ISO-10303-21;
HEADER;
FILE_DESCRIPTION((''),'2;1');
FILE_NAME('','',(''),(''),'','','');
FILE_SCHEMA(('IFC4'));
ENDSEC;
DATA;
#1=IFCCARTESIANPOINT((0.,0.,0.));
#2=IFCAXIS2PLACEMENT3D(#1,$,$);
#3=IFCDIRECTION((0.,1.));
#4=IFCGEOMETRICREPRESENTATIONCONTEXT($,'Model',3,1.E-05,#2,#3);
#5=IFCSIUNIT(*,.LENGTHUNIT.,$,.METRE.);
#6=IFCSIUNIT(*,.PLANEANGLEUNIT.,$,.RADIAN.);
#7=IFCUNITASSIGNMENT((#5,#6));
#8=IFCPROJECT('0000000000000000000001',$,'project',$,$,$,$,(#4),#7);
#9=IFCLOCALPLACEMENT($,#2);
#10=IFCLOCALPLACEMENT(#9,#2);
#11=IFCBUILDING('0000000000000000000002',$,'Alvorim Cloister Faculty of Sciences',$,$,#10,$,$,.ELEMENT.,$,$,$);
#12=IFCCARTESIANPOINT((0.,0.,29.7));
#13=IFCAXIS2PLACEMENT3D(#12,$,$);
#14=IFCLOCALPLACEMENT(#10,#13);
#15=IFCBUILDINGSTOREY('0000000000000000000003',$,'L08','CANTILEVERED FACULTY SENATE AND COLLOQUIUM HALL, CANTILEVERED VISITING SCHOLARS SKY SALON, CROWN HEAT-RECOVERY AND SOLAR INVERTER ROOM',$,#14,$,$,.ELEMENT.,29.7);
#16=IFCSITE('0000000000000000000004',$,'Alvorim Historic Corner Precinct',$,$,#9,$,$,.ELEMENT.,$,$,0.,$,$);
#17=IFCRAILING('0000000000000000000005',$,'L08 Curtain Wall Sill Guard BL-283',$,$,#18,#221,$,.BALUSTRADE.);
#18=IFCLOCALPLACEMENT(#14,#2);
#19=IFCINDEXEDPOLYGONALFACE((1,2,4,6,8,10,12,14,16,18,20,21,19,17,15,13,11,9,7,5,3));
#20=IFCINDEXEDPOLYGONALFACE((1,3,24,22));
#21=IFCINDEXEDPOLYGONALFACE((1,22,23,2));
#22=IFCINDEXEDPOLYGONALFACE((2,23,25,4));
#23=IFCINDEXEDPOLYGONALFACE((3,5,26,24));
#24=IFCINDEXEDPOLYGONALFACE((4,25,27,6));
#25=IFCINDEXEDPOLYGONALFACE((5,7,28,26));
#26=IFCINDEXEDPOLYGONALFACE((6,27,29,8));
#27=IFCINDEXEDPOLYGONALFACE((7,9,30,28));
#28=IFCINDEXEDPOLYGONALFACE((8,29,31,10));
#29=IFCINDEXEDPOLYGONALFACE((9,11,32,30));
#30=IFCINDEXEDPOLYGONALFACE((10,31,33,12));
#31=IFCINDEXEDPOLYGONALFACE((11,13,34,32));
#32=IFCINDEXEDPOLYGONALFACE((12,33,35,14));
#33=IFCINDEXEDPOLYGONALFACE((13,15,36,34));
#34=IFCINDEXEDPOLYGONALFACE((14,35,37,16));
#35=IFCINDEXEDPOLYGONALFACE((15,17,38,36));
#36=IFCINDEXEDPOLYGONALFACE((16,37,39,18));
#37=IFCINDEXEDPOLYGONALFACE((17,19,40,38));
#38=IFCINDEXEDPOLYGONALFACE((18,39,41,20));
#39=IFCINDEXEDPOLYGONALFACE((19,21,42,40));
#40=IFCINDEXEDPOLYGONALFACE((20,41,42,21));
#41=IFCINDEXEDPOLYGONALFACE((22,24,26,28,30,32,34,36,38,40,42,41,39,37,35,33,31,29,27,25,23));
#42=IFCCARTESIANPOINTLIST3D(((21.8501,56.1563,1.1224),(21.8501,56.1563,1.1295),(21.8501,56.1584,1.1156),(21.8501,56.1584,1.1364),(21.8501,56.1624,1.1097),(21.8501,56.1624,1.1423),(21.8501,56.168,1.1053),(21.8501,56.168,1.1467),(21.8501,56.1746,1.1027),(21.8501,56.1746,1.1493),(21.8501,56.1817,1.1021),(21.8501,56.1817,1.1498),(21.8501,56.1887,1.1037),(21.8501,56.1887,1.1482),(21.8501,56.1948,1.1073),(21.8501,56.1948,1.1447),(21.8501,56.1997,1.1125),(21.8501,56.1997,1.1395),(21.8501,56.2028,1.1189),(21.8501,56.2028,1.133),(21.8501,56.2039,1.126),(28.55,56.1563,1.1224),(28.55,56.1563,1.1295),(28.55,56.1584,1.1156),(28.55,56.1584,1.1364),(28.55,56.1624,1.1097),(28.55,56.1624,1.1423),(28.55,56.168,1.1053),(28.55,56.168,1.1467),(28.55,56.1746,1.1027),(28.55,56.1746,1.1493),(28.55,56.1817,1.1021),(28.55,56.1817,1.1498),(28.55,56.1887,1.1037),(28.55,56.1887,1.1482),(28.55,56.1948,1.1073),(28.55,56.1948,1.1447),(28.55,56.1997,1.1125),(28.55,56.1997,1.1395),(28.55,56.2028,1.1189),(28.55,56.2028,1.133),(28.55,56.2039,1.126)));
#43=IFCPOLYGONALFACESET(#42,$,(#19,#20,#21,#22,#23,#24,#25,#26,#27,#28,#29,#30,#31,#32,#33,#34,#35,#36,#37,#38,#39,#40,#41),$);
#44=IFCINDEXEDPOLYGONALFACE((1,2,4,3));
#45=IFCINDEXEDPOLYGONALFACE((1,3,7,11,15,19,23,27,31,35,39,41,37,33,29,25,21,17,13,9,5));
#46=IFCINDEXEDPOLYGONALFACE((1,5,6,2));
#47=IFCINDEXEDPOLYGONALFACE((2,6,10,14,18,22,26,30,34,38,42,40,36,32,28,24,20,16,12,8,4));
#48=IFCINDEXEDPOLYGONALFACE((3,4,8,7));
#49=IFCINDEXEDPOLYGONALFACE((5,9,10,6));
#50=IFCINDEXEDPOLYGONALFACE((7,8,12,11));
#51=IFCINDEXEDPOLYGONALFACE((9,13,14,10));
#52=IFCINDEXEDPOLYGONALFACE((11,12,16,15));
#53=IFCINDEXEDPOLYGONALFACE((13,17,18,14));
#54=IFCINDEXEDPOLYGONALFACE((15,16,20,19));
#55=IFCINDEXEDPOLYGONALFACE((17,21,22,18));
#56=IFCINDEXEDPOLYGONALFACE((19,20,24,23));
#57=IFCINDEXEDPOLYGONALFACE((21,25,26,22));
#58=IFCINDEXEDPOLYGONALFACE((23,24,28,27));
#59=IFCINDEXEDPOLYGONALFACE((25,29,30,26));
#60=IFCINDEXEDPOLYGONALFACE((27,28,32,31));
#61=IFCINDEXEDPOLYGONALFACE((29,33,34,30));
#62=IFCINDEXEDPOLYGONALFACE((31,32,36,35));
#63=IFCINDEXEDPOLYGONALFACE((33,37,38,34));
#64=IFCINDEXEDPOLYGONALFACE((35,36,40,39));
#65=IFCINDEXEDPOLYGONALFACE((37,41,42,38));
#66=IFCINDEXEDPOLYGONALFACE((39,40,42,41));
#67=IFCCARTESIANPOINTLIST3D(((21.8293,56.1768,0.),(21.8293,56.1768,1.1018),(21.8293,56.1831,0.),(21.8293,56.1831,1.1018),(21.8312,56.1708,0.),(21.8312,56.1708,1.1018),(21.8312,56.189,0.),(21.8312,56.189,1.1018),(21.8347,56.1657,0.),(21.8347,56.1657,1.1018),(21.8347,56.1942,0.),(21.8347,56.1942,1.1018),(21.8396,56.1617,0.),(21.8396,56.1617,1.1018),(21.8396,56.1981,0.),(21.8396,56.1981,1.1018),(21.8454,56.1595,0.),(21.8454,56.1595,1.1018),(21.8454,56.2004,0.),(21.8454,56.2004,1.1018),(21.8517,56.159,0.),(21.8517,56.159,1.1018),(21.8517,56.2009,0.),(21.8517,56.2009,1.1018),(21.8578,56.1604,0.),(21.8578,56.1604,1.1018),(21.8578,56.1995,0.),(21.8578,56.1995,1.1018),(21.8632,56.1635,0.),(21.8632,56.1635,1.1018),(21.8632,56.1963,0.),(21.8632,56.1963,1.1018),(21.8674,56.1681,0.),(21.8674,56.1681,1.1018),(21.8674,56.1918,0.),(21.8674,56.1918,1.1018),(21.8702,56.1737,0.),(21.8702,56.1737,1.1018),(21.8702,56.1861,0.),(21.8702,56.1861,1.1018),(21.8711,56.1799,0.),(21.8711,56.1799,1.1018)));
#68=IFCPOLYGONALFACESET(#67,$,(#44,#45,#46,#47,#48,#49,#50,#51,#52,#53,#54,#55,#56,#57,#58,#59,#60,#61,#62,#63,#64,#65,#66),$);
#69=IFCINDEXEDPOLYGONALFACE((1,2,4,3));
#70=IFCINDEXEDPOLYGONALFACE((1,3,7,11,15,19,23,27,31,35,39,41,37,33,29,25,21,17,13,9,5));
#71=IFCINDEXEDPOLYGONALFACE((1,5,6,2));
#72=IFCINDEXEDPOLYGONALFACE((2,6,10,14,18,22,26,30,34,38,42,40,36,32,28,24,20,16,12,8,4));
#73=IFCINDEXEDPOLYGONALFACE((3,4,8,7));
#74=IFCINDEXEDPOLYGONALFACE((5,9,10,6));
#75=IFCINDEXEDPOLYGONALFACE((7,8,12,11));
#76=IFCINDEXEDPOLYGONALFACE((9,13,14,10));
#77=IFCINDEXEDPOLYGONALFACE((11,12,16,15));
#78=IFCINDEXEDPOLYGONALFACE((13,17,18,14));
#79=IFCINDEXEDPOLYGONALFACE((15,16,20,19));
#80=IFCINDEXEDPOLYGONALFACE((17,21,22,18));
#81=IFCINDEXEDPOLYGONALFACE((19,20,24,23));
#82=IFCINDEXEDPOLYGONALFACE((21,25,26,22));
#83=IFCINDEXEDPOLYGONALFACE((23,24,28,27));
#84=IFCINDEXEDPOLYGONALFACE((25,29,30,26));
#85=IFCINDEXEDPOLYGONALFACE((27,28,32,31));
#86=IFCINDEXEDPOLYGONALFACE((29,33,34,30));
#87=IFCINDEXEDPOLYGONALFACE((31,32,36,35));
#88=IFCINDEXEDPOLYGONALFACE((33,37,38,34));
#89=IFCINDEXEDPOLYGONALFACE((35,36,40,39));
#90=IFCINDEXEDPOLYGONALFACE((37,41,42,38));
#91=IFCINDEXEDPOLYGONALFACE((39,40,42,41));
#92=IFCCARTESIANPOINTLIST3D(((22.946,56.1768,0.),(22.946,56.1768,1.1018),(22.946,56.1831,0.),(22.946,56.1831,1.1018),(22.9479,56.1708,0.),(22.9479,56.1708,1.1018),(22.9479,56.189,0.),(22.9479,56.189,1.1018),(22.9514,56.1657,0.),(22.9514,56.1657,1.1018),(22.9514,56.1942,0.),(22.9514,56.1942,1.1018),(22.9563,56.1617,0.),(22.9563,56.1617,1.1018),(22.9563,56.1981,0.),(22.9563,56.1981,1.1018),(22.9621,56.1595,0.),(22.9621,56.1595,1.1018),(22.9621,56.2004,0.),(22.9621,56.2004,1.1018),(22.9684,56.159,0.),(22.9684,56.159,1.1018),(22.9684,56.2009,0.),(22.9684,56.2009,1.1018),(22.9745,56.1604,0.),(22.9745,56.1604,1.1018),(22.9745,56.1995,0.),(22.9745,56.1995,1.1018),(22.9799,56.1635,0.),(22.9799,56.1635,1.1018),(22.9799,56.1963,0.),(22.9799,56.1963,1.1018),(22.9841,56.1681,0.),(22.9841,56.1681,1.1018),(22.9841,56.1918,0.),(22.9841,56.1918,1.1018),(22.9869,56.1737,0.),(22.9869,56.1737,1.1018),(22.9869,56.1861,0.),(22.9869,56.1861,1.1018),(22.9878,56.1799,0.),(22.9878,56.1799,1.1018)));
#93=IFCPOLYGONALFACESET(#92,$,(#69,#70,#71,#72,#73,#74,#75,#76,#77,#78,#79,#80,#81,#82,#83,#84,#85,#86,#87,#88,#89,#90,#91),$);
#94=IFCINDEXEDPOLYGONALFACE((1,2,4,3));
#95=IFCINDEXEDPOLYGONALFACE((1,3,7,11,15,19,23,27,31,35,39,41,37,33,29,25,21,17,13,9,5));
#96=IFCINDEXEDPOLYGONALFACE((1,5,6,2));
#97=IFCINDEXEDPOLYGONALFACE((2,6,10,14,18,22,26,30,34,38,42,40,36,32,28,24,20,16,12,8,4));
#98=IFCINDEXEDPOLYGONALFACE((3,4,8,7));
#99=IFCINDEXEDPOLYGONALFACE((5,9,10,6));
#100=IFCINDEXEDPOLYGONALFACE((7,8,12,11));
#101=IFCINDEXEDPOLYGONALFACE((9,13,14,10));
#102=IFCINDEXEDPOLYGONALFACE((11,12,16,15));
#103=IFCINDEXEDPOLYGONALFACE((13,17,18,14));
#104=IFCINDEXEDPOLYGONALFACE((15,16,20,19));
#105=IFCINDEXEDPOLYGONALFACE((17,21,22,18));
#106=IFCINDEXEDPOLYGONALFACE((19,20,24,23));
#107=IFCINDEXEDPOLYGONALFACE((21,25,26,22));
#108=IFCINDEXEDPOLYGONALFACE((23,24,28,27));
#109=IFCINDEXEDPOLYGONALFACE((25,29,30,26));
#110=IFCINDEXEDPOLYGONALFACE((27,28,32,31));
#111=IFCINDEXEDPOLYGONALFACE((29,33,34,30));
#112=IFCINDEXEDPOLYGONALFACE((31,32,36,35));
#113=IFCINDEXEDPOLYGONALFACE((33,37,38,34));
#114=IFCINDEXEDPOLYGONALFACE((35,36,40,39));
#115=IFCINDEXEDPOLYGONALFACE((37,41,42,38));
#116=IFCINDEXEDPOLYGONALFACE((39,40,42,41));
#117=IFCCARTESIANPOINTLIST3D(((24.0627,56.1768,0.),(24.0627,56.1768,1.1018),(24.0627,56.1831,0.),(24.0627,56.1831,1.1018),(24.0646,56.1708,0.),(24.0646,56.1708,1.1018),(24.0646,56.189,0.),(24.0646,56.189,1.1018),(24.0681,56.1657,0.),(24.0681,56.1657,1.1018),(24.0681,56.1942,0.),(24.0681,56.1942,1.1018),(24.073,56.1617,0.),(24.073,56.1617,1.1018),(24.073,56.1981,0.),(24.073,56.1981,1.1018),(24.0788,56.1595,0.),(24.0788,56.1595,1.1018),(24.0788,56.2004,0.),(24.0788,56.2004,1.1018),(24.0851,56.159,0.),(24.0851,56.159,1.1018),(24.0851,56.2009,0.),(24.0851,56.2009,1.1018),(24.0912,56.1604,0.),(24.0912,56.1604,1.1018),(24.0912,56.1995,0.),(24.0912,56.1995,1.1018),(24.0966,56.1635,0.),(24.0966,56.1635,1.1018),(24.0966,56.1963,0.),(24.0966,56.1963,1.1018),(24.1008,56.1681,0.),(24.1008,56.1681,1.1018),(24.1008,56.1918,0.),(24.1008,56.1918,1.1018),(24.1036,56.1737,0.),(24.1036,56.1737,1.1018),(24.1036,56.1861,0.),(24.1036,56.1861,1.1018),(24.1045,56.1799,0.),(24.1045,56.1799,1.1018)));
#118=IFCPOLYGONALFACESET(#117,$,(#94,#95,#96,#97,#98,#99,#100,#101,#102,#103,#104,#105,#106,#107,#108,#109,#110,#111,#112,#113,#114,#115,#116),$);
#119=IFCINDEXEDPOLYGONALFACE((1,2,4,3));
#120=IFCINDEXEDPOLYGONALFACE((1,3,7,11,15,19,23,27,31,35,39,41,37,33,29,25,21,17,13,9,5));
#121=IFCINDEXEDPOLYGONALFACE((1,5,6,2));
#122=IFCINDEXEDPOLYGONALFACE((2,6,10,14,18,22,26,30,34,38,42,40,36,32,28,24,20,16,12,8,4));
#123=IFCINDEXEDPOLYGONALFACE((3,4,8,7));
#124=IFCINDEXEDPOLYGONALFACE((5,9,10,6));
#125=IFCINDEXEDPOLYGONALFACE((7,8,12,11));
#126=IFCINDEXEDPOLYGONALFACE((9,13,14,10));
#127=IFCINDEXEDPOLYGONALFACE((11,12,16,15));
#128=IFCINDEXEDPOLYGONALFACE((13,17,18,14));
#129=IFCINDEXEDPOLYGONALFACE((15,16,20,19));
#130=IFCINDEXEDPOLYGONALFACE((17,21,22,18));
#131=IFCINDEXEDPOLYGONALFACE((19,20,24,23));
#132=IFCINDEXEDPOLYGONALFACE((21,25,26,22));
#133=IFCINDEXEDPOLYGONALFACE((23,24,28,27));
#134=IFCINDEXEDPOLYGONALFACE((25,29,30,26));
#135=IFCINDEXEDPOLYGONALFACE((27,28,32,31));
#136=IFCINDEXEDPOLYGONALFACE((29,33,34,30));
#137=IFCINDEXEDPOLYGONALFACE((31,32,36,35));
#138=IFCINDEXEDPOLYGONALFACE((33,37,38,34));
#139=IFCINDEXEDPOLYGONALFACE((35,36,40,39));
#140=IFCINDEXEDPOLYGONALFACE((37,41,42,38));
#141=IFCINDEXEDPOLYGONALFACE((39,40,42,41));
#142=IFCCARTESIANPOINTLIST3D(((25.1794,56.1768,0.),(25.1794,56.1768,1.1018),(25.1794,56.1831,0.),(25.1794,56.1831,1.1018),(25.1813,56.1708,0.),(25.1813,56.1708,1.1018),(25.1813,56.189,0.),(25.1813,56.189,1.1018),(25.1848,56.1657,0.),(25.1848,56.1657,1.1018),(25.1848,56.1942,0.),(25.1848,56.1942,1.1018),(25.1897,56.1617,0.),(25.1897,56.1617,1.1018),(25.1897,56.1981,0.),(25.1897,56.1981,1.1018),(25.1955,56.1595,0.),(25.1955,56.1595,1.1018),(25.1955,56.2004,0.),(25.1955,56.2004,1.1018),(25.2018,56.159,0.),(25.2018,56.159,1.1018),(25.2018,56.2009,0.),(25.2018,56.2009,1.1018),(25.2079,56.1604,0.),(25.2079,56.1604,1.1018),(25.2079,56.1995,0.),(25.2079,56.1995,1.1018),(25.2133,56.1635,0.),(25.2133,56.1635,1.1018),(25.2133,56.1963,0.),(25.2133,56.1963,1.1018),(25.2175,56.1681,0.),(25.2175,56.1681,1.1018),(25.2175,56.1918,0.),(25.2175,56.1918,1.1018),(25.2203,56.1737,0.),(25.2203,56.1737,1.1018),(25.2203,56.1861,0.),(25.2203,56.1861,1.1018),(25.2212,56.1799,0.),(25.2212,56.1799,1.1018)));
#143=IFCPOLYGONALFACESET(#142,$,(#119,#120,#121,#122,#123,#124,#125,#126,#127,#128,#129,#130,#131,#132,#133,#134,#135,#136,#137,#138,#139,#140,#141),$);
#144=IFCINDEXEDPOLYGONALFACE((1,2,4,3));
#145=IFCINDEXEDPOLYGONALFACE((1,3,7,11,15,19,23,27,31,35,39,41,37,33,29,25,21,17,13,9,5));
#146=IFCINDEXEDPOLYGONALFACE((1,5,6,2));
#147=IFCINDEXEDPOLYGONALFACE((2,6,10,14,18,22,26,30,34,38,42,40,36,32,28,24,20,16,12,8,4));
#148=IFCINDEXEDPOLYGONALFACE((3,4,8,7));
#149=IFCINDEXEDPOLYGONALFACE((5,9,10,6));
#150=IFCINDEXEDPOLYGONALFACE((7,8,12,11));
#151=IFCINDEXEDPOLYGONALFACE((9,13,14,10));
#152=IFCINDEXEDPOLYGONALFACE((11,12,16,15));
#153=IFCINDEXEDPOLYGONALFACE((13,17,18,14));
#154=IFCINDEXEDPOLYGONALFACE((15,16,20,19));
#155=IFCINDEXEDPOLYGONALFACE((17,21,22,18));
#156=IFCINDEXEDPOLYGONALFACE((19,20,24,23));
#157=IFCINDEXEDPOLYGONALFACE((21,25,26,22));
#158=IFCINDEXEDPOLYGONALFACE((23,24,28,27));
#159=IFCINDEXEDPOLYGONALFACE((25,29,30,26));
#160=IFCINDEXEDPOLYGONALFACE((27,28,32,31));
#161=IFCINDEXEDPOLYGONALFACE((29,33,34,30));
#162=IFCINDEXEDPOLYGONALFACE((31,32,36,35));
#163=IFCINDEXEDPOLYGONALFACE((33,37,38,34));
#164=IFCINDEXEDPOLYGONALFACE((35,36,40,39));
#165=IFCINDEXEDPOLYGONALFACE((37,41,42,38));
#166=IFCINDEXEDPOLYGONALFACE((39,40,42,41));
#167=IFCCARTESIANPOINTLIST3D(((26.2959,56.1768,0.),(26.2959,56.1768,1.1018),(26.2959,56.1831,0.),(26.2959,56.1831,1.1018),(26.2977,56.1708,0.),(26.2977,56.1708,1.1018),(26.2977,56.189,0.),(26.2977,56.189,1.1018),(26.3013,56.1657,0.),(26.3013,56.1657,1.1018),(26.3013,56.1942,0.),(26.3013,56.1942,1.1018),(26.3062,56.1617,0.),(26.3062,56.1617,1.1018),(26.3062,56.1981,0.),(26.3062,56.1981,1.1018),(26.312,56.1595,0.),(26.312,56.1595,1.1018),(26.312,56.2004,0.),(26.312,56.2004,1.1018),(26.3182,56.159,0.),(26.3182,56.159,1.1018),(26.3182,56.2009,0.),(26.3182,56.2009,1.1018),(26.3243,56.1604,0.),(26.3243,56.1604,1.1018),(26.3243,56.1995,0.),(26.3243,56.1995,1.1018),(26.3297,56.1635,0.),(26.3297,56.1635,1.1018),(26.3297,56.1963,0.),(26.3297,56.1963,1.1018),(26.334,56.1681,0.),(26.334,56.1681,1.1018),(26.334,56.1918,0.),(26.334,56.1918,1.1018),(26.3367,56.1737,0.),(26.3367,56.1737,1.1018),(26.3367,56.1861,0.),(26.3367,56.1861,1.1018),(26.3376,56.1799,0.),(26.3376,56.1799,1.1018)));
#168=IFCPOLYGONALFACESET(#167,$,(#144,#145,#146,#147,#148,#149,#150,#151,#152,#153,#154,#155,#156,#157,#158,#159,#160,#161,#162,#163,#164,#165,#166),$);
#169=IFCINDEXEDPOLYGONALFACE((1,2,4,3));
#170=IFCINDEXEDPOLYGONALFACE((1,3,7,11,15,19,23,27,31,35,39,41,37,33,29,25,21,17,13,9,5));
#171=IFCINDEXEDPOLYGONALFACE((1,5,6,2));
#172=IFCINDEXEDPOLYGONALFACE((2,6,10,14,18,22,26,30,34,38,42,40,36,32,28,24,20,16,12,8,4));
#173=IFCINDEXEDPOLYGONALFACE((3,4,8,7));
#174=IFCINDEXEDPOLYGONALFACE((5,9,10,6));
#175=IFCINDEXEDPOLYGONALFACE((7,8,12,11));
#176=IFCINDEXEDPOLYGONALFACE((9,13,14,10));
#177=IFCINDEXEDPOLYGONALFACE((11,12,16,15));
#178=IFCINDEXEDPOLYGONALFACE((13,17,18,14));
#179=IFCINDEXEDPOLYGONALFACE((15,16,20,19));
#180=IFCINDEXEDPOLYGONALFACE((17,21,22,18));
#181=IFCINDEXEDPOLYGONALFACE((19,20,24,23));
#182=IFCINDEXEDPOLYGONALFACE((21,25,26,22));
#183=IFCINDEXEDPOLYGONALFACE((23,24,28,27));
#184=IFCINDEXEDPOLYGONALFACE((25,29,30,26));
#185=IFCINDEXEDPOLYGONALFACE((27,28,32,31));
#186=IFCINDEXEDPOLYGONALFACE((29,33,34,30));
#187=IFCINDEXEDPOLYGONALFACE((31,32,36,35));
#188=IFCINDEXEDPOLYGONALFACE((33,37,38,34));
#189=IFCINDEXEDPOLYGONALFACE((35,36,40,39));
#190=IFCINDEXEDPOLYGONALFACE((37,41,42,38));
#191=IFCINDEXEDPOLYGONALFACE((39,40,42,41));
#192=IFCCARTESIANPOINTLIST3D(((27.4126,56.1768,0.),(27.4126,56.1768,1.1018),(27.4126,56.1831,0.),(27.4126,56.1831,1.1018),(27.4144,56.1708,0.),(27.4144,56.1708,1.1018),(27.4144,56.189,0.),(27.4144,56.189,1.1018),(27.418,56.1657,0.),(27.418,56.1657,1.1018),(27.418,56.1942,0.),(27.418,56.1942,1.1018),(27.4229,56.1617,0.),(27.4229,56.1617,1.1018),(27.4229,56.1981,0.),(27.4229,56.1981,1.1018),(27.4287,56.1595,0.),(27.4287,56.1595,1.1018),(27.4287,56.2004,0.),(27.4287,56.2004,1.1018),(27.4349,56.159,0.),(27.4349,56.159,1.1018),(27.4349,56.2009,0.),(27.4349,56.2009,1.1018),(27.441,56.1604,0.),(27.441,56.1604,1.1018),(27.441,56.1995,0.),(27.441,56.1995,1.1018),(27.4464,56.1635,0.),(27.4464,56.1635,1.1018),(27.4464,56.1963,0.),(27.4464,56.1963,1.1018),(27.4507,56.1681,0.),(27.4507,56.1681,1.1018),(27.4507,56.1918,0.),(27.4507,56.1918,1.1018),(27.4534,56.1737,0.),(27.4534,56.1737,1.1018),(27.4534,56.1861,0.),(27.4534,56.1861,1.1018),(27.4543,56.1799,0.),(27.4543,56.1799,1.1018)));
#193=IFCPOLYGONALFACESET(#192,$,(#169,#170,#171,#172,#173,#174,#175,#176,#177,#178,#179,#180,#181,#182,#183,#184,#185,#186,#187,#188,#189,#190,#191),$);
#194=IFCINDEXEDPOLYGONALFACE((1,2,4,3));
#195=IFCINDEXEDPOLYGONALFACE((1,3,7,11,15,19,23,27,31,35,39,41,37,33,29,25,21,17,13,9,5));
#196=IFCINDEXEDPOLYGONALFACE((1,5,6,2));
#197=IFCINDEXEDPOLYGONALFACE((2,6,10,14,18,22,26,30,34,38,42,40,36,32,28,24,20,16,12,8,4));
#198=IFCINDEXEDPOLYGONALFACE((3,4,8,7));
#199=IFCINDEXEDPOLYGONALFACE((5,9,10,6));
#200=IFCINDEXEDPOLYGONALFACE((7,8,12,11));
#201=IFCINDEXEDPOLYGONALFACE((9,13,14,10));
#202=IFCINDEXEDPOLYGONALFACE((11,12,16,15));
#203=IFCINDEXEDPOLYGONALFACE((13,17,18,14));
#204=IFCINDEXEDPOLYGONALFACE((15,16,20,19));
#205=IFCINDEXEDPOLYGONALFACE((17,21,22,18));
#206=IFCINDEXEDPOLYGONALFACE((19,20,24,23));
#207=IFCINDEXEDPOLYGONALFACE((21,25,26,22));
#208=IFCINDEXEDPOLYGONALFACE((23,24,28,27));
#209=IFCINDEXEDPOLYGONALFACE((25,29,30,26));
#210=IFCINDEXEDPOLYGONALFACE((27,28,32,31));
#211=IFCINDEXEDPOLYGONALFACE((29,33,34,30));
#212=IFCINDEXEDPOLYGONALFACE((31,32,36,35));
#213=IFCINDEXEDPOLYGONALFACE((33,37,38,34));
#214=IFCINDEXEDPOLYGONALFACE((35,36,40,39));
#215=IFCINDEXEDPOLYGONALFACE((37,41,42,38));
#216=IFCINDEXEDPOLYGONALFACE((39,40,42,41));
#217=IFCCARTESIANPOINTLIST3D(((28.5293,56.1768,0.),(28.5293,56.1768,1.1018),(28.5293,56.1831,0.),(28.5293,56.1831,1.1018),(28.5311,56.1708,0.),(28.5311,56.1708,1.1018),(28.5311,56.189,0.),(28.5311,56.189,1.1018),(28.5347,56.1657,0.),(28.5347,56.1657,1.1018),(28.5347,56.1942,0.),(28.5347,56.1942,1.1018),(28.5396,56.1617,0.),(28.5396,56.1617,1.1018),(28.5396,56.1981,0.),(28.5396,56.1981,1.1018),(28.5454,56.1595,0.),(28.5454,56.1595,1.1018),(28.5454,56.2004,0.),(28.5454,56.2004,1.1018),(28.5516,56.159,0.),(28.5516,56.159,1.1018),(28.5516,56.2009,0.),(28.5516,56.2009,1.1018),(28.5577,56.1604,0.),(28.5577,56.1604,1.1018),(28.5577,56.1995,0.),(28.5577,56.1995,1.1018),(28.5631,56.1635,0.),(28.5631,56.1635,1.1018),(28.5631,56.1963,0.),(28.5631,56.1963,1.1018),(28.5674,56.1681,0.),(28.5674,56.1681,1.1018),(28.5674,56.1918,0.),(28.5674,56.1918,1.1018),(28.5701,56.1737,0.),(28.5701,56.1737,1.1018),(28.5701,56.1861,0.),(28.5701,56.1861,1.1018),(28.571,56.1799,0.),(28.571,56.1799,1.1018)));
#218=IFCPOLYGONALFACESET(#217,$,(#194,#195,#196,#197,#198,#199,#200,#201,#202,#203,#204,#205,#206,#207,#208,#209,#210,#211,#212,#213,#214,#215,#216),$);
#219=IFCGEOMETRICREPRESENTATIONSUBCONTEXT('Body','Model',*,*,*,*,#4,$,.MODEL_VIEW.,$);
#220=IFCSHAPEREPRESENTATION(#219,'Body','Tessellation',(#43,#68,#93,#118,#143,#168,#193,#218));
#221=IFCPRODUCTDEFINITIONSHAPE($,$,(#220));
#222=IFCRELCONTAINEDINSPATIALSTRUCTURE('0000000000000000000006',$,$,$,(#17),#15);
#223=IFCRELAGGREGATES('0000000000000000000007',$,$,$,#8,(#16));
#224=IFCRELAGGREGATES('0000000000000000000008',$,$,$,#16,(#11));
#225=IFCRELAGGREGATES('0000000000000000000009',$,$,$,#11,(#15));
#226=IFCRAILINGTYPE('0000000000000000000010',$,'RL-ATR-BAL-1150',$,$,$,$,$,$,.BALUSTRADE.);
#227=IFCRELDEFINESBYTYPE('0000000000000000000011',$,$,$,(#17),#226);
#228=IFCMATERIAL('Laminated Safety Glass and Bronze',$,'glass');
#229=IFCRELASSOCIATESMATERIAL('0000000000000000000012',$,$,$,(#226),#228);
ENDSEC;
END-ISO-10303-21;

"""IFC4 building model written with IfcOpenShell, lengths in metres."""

from ifc_helpers import new_model, si_unit, direction, frame, origin, origin_2d, place, context, subcontext, project, spatial, circle, extrude, material, type_object, element, save


model = new_model("IFC4")

# Units and contexts
model_context = context("Model", 3, precision=1e-05, world=origin(), true_north=direction((0.0, 1.0)))
body_context = subcontext(model_context, "Body", "Model", "MODEL_VIEW")
ifc_project = project(units=[si_unit("LENGTHUNIT", "METRE"), si_unit("PLANEANGLEUNIT", "RADIAN")], contexts=[model_context])

# Site, building, storey
site_placement = place(None, origin())
site = spatial("IfcSite", under=ifc_project, at=site_placement, Name="Alvorim Historic Corner Precinct", CompositionType="ELEMENT", RefElevation=0.0)
building_placement = place(site_placement, origin())
building = spatial("IfcBuilding", under=site, at=building_placement, Name="Alvorim Cloister Faculty of Sciences", CompositionType="ELEMENT")
storey_placement = place(building_placement, frame((0.0, 0.0, 29.7)))
storey = spatial("IfcBuildingStorey", under=building, at=storey_placement, Name="L08", Description="CANTILEVERED FACULTY SENATE AND COLLOQUIUM HALL, CANTILEVERED VISITING SCHOLARS SKY SALON, CROWN HEAT-RECOVERY AND SOLAR INVERTER ROOM", CompositionType="ELEMENT", Elevation=29.7)

# Railing
ifc_material_1 = material(Name="Laminated Safety Glass and Bronze", Category="glass")
railing_type = type_object("IfcRailingType", Name="RL-ATR-BAL-1150", PredefinedType="BALUSTRADE", material=ifc_material_1)
railing_placement = place(storey_placement, frame((21.8501, 56.1799, 0.0)))
element("IfcRailing", 1, at=railing_placement, inside=storey, type_object=railing_type, Name="L08 Curtain Wall Sill Guard BL-283", PredefinedType="BALUSTRADE", context=body_context, shape_type="SweptSolid", body=[
    extrude(circle(Radius=0.0239, at=origin_2d()), frame((0.0, 0.0, 1.126), z_axis=(1.0, 0.0, 0.0), x_axis=(0.0, 1.0, 0.0)), (0.0, 0.0, 1.0), 6.7),
    extrude(circle(Radius=0.021, at=origin_2d()), origin(), (0.0, 0.0, 1.0), 1.1018),
    extrude(circle(Radius=0.021, at=origin_2d()), frame((1.1167, 0.0, 0.0)), (0.0, 0.0, 1.0), 1.1018),
    extrude(circle(Radius=0.021, at=origin_2d()), frame((2.2334, 0.0, 0.0)), (0.0, 0.0, 1.0), 1.1018),
    extrude(circle(Radius=0.021, at=origin_2d()), frame((3.3501, 0.0, 0.0)), (0.0, 0.0, 1.0), 1.1018),
    extrude(circle(Radius=0.021, at=origin_2d()), frame((4.4666, 0.0, 0.0)), (0.0, 0.0, 1.0), 1.1018),
    extrude(circle(Radius=0.021, at=origin_2d()), frame((5.5833, 0.0, 0.0)), (0.0, 0.0, 1.0), 1.1018),
    extrude(circle(Radius=0.021, at=origin_2d()), frame((6.7, 0.0, 0.0)), (0.0, 0.0, 1.0), 1.1018),
])

save(model, "model.ifc")
